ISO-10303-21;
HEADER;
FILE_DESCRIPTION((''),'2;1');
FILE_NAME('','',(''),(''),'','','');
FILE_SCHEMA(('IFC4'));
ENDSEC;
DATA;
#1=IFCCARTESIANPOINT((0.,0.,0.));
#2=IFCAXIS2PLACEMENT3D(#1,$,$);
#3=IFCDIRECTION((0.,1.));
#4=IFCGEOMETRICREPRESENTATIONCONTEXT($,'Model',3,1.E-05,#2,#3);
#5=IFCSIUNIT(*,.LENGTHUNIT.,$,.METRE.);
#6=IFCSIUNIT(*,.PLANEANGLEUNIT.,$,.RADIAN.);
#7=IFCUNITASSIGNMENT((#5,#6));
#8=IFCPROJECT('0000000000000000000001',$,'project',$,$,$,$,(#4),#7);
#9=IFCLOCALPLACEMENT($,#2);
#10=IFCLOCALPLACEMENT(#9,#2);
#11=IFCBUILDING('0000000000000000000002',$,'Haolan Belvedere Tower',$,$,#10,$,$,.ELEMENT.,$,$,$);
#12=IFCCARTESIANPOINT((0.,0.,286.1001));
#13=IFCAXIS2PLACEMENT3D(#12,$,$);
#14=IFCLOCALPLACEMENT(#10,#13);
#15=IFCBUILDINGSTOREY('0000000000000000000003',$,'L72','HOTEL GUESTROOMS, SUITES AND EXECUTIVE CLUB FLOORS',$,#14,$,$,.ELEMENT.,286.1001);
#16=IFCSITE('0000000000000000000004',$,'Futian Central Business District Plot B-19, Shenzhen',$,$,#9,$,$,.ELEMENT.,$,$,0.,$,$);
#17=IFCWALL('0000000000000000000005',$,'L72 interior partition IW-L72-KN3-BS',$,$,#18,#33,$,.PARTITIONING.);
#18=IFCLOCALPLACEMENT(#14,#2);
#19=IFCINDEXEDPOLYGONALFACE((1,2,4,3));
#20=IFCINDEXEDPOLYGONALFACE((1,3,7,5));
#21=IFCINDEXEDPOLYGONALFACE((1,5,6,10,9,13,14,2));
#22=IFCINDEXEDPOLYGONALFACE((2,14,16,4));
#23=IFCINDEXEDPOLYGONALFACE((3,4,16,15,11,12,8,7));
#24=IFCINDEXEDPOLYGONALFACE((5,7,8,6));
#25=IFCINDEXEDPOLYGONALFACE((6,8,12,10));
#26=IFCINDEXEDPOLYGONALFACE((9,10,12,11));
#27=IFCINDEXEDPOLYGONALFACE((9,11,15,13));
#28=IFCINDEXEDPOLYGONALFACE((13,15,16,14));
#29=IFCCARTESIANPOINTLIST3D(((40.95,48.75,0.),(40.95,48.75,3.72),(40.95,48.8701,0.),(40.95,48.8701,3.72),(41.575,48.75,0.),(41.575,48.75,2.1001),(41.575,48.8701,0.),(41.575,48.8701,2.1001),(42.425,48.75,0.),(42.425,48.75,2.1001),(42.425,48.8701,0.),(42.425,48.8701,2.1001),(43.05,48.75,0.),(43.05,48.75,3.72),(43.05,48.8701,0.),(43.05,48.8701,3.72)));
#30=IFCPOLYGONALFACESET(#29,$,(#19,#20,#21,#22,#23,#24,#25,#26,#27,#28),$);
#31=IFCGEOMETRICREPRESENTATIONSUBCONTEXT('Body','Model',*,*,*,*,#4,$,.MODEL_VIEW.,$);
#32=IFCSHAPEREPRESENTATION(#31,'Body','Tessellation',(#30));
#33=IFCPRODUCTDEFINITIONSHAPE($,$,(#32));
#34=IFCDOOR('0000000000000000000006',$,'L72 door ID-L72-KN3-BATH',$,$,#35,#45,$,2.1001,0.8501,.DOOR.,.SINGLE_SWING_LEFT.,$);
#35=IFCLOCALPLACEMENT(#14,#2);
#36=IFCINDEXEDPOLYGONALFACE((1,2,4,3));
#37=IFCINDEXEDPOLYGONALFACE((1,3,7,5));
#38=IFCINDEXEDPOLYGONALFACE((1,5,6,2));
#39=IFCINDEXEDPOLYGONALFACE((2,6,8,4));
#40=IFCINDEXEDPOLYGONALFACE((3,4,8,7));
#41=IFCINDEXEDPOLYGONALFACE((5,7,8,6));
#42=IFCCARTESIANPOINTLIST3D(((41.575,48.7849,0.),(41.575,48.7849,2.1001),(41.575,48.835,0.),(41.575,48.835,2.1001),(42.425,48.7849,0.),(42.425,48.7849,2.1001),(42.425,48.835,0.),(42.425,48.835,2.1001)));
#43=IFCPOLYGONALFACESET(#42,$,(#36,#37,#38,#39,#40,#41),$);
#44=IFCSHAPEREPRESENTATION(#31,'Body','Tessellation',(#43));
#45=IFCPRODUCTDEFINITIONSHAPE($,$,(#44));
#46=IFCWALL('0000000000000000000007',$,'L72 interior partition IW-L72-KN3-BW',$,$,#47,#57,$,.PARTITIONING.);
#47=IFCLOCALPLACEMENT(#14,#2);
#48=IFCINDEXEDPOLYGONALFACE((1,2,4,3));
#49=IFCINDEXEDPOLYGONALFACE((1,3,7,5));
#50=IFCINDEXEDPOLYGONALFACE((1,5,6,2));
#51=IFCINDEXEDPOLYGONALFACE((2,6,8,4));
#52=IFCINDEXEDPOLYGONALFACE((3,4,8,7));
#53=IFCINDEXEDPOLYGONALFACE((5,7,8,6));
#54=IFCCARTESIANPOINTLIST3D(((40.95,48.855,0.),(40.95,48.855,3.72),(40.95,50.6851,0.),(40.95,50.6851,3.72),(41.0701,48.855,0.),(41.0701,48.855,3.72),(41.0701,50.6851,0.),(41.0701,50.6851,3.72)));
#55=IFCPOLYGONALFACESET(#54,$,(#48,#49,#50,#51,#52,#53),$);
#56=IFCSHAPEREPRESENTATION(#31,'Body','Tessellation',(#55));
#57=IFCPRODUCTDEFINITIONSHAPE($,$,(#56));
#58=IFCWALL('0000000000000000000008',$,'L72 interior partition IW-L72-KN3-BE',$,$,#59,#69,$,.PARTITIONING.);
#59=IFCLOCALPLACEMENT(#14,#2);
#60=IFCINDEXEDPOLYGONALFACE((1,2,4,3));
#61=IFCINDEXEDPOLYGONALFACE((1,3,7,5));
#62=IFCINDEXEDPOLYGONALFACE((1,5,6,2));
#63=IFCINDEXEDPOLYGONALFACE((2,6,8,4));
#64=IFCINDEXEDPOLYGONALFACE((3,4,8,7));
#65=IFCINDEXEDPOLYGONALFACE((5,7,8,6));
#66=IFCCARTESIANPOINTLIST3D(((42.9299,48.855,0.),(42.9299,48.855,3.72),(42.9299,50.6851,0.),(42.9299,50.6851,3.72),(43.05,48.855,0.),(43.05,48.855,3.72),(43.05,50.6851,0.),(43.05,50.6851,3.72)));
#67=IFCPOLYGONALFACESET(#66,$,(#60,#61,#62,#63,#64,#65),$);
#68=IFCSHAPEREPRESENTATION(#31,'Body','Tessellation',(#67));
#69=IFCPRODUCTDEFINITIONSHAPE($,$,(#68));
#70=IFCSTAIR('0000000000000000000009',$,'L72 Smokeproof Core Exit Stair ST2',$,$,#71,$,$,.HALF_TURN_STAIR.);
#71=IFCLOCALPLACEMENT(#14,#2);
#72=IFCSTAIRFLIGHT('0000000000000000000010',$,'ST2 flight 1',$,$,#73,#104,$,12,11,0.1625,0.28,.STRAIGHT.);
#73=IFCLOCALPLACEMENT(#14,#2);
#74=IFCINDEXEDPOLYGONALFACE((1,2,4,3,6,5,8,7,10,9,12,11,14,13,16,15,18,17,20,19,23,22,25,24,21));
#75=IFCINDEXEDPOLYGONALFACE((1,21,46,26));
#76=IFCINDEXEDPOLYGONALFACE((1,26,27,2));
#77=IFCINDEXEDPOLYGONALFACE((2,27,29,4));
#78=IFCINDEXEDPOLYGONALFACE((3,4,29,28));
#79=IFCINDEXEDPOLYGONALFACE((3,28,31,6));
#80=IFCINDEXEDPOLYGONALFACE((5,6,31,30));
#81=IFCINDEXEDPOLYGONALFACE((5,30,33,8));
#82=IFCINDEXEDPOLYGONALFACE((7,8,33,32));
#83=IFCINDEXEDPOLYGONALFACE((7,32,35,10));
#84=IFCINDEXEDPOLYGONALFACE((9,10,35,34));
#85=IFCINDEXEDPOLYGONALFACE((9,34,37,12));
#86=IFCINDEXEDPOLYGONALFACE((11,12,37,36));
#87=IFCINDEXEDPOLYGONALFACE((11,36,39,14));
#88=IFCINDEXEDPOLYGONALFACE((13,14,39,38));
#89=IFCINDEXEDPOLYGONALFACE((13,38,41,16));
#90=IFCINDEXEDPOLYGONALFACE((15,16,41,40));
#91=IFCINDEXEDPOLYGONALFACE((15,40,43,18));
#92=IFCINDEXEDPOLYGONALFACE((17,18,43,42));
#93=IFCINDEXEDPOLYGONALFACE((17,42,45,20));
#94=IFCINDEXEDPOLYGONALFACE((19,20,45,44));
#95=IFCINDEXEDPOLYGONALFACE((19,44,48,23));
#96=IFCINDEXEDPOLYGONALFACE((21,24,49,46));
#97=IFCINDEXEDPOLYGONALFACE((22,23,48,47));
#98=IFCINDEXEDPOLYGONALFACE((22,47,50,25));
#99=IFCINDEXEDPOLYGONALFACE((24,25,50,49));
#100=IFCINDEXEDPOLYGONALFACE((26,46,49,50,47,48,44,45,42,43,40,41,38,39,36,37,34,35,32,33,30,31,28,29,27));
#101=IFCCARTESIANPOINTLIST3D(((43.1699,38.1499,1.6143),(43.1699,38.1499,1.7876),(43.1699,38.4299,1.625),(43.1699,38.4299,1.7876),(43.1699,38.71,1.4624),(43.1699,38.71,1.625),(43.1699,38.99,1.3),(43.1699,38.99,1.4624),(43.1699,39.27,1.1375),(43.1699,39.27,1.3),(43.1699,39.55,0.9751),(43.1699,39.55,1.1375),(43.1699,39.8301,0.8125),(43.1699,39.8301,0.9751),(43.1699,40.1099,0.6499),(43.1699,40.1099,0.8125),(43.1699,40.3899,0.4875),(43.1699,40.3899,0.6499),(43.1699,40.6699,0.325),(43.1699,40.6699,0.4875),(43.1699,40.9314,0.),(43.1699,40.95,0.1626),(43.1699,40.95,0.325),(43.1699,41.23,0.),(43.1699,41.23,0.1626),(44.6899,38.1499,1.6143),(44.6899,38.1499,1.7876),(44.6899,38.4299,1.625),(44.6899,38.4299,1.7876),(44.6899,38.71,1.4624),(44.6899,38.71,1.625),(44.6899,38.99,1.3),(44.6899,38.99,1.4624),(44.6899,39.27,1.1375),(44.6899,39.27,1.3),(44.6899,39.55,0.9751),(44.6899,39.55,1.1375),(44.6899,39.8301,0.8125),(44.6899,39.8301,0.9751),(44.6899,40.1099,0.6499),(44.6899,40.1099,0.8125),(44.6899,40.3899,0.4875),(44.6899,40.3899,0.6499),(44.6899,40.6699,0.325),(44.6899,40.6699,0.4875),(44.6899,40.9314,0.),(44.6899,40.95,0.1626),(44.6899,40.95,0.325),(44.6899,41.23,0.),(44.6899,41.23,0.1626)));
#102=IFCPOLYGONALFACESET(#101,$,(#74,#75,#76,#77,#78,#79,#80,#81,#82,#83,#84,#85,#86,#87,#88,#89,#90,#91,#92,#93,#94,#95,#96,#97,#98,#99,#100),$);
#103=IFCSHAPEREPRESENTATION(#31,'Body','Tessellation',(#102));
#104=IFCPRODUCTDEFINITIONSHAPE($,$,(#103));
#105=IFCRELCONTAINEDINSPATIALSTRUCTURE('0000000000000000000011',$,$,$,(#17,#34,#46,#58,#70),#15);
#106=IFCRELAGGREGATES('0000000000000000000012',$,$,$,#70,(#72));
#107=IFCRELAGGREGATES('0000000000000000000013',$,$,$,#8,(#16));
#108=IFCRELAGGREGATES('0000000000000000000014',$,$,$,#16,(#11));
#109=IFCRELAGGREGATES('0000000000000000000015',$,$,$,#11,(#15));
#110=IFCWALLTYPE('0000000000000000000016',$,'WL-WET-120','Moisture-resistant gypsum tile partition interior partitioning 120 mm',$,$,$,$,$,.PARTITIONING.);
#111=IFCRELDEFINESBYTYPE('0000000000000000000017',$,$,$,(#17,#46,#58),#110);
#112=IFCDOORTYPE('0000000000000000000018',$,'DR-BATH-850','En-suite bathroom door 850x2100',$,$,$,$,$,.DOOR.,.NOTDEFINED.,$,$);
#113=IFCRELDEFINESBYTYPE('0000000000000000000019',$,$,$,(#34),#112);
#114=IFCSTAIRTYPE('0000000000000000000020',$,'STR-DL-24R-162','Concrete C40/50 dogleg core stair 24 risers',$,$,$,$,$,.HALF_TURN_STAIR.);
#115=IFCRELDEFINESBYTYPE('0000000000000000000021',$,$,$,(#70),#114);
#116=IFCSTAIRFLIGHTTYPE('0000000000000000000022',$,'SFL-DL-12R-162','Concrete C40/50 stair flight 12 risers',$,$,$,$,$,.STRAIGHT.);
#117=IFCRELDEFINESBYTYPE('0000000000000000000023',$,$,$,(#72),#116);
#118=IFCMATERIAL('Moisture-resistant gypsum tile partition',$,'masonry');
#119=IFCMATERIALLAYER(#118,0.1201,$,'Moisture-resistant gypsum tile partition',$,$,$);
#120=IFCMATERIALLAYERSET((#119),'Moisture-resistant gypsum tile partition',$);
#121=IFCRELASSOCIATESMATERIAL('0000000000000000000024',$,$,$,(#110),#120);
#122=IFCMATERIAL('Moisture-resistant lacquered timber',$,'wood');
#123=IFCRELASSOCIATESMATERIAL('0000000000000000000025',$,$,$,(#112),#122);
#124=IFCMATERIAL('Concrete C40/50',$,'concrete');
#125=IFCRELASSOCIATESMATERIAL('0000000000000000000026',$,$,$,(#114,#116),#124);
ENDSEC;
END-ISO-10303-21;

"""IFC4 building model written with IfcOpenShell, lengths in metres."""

from ifc_helpers import new_model, si_unit, direction, frame, frame_2d, origin, place, context, subcontext, project, spatial, polyline, rectangle, outline, extrude, material, layer, layer_set, type_object, element, fill, aggregate, save


model = new_model("IFC4")

# Units and contexts
model_context = context("Model", 3, precision=1e-05, world=origin(), true_north=direction((0.0, 1.0)))
body_context = subcontext(model_context, "Body", "Model", "MODEL_VIEW")
ifc_project = project(units=[si_unit("LENGTHUNIT", "METRE"), si_unit("PLANEANGLEUNIT", "RADIAN")], contexts=[model_context])

# Site, building, storey
site_placement = place(None, origin())
site = spatial("IfcSite", under=ifc_project, at=site_placement, Name="Futian Central Business District Plot B-19, Shenzhen", CompositionType="ELEMENT", RefElevation=0.0)
building_placement = place(site_placement, origin())
building = spatial("IfcBuilding", under=site, at=building_placement, Name="Haolan Belvedere Tower", CompositionType="ELEMENT")
storey_placement = place(building_placement, frame((0.0, 0.0, 286.1001)))
storey = spatial("IfcBuildingStorey", under=building, at=storey_placement, Name="L72", Description="HOTEL GUESTROOMS, SUITES AND EXECUTIVE CLUB FLOORS", CompositionType="ELEMENT", Elevation=286.1001)

# Shared definitions
ifc_material_1 = material(Name="Concrete C40/50", Category="concrete")

# Shared definitions
ifc_material_2 = material(Name="Moisture-resistant gypsum tile partition", Category="masonry")
ifc_layer_1 = layer(ifc_material_2, 0.1201, Name="Moisture-resistant gypsum tile partition")
ifc_layer_set_1 = layer_set([ifc_layer_1], Name="Moisture-resistant gypsum tile partition")
wall_type_1 = type_object("IfcWallType", Name="WL-WET-120", Description="Moisture-resistant gypsum tile partition interior partitioning 120 mm", PredefinedType="PARTITIONING", material=ifc_layer_set_1)

# Wall, opening, door
wall_1_placement = place(storey_placement, frame((40.95, 48.8101, 0.0), z_axis=(0.0, 0.0, 1.0), x_axis=(1.0, 0.0, 0.0)))
wall_1 = element("IfcWall", 1, at=wall_1_placement, inside=storey, type_object=wall_type_1, Name="L72 interior partition IW-L72-KN3-BS", PredefinedType="PARTITIONING", context=body_context, shape_type="SweptSolid", body=[
    extrude(rectangle(XDim=2.1001, YDim=0.1201, at=frame_2d((1.05, 0.0))), origin(), (0.0, 0.0, 1.0), 3.72),
])
opening_1_placement = place(wall_1_placement, frame((0.625, 0.0, 0.0)))
opening_1 = element("IfcOpeningElement", 2, at=opening_1_placement, cuts=wall_1, PredefinedType="OPENING", context=body_context, shape_type="SweptSolid", body=[
    extrude(rectangle(XDim=0.8501, YDim=2.1001, at=frame_2d((0.425, 1.05))), frame((0.0, 0.0701, 0.0), z_axis=(0.0, -1.0, 0.0), x_axis=(1.0, 0.0, 0.0)), (0.0, 0.0, 1.0), 0.1401),
])
ifc_material_3 = material(Name="Moisture-resistant lacquered timber", Category="wood")
door_type_1 = type_object("IfcDoorType", Name="DR-BATH-850", Description="En-suite bathroom door 850x2100", OperationType="NOTDEFINED", PredefinedType="DOOR", material=ifc_material_3)
door_1_placement = place(opening_1_placement, origin())
door_1 = element("IfcDoor", 3, at=door_1_placement, inside=storey, type_object=door_type_1, Name="L72 door ID-L72-KN3-BATH", OperationType="SINGLE_SWING_LEFT", OverallHeight=2.1001, OverallWidth=0.8501, PredefinedType="DOOR", context=body_context, shape_type="SweptSolid", body=[
    extrude(rectangle(XDim=0.8501, YDim=2.1001, at=frame_2d((0.425, 1.05))), frame((0.0, 0.0249, 0.0), z_axis=(0.0, -1.0, 0.0), x_axis=(1.0, 0.0, 0.0)), (0.0, 0.0, 1.0), 0.05),
])
fill(opening_1, door_1)

# Walls
for number, where, z_axis, x_axis, name in (
    (4, (41.01, 48.855, 0.0), (0.0, 0.0, 1.0), (0.0, 1.0, 0.0), "L72 interior partition IW-L72-KN3-BW"),
    (5, (42.99, 48.855, 0.0), (0.0, 0.0, 1.0), (0.0, 1.0, 0.0), "L72 interior partition IW-L72-KN3-BE"),
):
    element("IfcWall", number, at=place(storey_placement, frame(where, z_axis=z_axis, x_axis=x_axis)), inside=storey, type_object=wall_type_1, Name=name, PredefinedType="PARTITIONING", context=body_context, shape_type="SweptSolid", body=[
        extrude(rectangle(XDim=1.8301, YDim=0.1201, at=frame_2d((0.915, 0.0))), origin(), (0.0, 0.0, 1.0), 3.72),
    ])

# Stair, stair flight
stair_type = type_object("IfcStairType", Name="STR-DL-24R-162", Description="Concrete C40/50 dogleg core stair 24 risers", PredefinedType="HALF_TURN_STAIR", material=ifc_material_1)
stair_placement = place(storey_placement, origin())
stair = element("IfcStair", 6, at=stair_placement, inside=storey, type_object=stair_type, Name="L72 Smokeproof Core Exit Stair ST2", PredefinedType="HALF_TURN_STAIR")
stair_flight_type = type_object("IfcStairFlightType", Name="SFL-DL-12R-162", Description="Concrete C40/50 stair flight 12 risers", PredefinedType="STRAIGHT", material=ifc_material_1)
stair_flight_placement = place(storey_placement, frame((43.9299, 41.23, 0.0), z_axis=(0.0, 0.0, 1.0), x_axis=(0.0, -1.0, 0.0)))
stair_flight = element("IfcStairFlight", 7, at=stair_flight_placement, type_object=stair_flight_type, Name="ST2 flight 1", NumberOfRisers=12, NumberOfTreads=11, PredefinedType="STRAIGHT", RiserHeight=0.1625, TreadLength=0.28, context=body_context, shape_type="SweptSolid", body=[
    extrude(outline(polyline([(0.0, 0.0), (0.0, 0.1626), (0.28, 0.1626), (0.28, 0.325), (0.5601, 0.325), (0.5601, 0.4875), (0.8401, 0.4875), (0.8401, 0.6499), (1.1201, 0.6499), (1.1201, 0.8125), (1.3999, 0.8125), (1.3999, 0.9751), (1.6799, 0.9751), (1.6799, 1.1375), (1.96, 1.1375), (1.96, 1.3), (2.24, 1.3), (2.24, 1.4624), (2.52, 1.4624), (2.52, 1.625), (2.8, 1.625), (2.8, 1.7876), (3.0801, 1.7876), (3.0801, 1.95), (3.0801, 1.6143), (0.2986, 0.0), (0.0, 0.0)])), frame((0.0, 0.76, 0.0), z_axis=(0.0, -1.0, 0.0), x_axis=(1.0, 0.0, 0.0)), (0.0, 0.0, 1.0), 1.52),
])
aggregate(stair, [stair_flight])

save(model, "model.ifc")
